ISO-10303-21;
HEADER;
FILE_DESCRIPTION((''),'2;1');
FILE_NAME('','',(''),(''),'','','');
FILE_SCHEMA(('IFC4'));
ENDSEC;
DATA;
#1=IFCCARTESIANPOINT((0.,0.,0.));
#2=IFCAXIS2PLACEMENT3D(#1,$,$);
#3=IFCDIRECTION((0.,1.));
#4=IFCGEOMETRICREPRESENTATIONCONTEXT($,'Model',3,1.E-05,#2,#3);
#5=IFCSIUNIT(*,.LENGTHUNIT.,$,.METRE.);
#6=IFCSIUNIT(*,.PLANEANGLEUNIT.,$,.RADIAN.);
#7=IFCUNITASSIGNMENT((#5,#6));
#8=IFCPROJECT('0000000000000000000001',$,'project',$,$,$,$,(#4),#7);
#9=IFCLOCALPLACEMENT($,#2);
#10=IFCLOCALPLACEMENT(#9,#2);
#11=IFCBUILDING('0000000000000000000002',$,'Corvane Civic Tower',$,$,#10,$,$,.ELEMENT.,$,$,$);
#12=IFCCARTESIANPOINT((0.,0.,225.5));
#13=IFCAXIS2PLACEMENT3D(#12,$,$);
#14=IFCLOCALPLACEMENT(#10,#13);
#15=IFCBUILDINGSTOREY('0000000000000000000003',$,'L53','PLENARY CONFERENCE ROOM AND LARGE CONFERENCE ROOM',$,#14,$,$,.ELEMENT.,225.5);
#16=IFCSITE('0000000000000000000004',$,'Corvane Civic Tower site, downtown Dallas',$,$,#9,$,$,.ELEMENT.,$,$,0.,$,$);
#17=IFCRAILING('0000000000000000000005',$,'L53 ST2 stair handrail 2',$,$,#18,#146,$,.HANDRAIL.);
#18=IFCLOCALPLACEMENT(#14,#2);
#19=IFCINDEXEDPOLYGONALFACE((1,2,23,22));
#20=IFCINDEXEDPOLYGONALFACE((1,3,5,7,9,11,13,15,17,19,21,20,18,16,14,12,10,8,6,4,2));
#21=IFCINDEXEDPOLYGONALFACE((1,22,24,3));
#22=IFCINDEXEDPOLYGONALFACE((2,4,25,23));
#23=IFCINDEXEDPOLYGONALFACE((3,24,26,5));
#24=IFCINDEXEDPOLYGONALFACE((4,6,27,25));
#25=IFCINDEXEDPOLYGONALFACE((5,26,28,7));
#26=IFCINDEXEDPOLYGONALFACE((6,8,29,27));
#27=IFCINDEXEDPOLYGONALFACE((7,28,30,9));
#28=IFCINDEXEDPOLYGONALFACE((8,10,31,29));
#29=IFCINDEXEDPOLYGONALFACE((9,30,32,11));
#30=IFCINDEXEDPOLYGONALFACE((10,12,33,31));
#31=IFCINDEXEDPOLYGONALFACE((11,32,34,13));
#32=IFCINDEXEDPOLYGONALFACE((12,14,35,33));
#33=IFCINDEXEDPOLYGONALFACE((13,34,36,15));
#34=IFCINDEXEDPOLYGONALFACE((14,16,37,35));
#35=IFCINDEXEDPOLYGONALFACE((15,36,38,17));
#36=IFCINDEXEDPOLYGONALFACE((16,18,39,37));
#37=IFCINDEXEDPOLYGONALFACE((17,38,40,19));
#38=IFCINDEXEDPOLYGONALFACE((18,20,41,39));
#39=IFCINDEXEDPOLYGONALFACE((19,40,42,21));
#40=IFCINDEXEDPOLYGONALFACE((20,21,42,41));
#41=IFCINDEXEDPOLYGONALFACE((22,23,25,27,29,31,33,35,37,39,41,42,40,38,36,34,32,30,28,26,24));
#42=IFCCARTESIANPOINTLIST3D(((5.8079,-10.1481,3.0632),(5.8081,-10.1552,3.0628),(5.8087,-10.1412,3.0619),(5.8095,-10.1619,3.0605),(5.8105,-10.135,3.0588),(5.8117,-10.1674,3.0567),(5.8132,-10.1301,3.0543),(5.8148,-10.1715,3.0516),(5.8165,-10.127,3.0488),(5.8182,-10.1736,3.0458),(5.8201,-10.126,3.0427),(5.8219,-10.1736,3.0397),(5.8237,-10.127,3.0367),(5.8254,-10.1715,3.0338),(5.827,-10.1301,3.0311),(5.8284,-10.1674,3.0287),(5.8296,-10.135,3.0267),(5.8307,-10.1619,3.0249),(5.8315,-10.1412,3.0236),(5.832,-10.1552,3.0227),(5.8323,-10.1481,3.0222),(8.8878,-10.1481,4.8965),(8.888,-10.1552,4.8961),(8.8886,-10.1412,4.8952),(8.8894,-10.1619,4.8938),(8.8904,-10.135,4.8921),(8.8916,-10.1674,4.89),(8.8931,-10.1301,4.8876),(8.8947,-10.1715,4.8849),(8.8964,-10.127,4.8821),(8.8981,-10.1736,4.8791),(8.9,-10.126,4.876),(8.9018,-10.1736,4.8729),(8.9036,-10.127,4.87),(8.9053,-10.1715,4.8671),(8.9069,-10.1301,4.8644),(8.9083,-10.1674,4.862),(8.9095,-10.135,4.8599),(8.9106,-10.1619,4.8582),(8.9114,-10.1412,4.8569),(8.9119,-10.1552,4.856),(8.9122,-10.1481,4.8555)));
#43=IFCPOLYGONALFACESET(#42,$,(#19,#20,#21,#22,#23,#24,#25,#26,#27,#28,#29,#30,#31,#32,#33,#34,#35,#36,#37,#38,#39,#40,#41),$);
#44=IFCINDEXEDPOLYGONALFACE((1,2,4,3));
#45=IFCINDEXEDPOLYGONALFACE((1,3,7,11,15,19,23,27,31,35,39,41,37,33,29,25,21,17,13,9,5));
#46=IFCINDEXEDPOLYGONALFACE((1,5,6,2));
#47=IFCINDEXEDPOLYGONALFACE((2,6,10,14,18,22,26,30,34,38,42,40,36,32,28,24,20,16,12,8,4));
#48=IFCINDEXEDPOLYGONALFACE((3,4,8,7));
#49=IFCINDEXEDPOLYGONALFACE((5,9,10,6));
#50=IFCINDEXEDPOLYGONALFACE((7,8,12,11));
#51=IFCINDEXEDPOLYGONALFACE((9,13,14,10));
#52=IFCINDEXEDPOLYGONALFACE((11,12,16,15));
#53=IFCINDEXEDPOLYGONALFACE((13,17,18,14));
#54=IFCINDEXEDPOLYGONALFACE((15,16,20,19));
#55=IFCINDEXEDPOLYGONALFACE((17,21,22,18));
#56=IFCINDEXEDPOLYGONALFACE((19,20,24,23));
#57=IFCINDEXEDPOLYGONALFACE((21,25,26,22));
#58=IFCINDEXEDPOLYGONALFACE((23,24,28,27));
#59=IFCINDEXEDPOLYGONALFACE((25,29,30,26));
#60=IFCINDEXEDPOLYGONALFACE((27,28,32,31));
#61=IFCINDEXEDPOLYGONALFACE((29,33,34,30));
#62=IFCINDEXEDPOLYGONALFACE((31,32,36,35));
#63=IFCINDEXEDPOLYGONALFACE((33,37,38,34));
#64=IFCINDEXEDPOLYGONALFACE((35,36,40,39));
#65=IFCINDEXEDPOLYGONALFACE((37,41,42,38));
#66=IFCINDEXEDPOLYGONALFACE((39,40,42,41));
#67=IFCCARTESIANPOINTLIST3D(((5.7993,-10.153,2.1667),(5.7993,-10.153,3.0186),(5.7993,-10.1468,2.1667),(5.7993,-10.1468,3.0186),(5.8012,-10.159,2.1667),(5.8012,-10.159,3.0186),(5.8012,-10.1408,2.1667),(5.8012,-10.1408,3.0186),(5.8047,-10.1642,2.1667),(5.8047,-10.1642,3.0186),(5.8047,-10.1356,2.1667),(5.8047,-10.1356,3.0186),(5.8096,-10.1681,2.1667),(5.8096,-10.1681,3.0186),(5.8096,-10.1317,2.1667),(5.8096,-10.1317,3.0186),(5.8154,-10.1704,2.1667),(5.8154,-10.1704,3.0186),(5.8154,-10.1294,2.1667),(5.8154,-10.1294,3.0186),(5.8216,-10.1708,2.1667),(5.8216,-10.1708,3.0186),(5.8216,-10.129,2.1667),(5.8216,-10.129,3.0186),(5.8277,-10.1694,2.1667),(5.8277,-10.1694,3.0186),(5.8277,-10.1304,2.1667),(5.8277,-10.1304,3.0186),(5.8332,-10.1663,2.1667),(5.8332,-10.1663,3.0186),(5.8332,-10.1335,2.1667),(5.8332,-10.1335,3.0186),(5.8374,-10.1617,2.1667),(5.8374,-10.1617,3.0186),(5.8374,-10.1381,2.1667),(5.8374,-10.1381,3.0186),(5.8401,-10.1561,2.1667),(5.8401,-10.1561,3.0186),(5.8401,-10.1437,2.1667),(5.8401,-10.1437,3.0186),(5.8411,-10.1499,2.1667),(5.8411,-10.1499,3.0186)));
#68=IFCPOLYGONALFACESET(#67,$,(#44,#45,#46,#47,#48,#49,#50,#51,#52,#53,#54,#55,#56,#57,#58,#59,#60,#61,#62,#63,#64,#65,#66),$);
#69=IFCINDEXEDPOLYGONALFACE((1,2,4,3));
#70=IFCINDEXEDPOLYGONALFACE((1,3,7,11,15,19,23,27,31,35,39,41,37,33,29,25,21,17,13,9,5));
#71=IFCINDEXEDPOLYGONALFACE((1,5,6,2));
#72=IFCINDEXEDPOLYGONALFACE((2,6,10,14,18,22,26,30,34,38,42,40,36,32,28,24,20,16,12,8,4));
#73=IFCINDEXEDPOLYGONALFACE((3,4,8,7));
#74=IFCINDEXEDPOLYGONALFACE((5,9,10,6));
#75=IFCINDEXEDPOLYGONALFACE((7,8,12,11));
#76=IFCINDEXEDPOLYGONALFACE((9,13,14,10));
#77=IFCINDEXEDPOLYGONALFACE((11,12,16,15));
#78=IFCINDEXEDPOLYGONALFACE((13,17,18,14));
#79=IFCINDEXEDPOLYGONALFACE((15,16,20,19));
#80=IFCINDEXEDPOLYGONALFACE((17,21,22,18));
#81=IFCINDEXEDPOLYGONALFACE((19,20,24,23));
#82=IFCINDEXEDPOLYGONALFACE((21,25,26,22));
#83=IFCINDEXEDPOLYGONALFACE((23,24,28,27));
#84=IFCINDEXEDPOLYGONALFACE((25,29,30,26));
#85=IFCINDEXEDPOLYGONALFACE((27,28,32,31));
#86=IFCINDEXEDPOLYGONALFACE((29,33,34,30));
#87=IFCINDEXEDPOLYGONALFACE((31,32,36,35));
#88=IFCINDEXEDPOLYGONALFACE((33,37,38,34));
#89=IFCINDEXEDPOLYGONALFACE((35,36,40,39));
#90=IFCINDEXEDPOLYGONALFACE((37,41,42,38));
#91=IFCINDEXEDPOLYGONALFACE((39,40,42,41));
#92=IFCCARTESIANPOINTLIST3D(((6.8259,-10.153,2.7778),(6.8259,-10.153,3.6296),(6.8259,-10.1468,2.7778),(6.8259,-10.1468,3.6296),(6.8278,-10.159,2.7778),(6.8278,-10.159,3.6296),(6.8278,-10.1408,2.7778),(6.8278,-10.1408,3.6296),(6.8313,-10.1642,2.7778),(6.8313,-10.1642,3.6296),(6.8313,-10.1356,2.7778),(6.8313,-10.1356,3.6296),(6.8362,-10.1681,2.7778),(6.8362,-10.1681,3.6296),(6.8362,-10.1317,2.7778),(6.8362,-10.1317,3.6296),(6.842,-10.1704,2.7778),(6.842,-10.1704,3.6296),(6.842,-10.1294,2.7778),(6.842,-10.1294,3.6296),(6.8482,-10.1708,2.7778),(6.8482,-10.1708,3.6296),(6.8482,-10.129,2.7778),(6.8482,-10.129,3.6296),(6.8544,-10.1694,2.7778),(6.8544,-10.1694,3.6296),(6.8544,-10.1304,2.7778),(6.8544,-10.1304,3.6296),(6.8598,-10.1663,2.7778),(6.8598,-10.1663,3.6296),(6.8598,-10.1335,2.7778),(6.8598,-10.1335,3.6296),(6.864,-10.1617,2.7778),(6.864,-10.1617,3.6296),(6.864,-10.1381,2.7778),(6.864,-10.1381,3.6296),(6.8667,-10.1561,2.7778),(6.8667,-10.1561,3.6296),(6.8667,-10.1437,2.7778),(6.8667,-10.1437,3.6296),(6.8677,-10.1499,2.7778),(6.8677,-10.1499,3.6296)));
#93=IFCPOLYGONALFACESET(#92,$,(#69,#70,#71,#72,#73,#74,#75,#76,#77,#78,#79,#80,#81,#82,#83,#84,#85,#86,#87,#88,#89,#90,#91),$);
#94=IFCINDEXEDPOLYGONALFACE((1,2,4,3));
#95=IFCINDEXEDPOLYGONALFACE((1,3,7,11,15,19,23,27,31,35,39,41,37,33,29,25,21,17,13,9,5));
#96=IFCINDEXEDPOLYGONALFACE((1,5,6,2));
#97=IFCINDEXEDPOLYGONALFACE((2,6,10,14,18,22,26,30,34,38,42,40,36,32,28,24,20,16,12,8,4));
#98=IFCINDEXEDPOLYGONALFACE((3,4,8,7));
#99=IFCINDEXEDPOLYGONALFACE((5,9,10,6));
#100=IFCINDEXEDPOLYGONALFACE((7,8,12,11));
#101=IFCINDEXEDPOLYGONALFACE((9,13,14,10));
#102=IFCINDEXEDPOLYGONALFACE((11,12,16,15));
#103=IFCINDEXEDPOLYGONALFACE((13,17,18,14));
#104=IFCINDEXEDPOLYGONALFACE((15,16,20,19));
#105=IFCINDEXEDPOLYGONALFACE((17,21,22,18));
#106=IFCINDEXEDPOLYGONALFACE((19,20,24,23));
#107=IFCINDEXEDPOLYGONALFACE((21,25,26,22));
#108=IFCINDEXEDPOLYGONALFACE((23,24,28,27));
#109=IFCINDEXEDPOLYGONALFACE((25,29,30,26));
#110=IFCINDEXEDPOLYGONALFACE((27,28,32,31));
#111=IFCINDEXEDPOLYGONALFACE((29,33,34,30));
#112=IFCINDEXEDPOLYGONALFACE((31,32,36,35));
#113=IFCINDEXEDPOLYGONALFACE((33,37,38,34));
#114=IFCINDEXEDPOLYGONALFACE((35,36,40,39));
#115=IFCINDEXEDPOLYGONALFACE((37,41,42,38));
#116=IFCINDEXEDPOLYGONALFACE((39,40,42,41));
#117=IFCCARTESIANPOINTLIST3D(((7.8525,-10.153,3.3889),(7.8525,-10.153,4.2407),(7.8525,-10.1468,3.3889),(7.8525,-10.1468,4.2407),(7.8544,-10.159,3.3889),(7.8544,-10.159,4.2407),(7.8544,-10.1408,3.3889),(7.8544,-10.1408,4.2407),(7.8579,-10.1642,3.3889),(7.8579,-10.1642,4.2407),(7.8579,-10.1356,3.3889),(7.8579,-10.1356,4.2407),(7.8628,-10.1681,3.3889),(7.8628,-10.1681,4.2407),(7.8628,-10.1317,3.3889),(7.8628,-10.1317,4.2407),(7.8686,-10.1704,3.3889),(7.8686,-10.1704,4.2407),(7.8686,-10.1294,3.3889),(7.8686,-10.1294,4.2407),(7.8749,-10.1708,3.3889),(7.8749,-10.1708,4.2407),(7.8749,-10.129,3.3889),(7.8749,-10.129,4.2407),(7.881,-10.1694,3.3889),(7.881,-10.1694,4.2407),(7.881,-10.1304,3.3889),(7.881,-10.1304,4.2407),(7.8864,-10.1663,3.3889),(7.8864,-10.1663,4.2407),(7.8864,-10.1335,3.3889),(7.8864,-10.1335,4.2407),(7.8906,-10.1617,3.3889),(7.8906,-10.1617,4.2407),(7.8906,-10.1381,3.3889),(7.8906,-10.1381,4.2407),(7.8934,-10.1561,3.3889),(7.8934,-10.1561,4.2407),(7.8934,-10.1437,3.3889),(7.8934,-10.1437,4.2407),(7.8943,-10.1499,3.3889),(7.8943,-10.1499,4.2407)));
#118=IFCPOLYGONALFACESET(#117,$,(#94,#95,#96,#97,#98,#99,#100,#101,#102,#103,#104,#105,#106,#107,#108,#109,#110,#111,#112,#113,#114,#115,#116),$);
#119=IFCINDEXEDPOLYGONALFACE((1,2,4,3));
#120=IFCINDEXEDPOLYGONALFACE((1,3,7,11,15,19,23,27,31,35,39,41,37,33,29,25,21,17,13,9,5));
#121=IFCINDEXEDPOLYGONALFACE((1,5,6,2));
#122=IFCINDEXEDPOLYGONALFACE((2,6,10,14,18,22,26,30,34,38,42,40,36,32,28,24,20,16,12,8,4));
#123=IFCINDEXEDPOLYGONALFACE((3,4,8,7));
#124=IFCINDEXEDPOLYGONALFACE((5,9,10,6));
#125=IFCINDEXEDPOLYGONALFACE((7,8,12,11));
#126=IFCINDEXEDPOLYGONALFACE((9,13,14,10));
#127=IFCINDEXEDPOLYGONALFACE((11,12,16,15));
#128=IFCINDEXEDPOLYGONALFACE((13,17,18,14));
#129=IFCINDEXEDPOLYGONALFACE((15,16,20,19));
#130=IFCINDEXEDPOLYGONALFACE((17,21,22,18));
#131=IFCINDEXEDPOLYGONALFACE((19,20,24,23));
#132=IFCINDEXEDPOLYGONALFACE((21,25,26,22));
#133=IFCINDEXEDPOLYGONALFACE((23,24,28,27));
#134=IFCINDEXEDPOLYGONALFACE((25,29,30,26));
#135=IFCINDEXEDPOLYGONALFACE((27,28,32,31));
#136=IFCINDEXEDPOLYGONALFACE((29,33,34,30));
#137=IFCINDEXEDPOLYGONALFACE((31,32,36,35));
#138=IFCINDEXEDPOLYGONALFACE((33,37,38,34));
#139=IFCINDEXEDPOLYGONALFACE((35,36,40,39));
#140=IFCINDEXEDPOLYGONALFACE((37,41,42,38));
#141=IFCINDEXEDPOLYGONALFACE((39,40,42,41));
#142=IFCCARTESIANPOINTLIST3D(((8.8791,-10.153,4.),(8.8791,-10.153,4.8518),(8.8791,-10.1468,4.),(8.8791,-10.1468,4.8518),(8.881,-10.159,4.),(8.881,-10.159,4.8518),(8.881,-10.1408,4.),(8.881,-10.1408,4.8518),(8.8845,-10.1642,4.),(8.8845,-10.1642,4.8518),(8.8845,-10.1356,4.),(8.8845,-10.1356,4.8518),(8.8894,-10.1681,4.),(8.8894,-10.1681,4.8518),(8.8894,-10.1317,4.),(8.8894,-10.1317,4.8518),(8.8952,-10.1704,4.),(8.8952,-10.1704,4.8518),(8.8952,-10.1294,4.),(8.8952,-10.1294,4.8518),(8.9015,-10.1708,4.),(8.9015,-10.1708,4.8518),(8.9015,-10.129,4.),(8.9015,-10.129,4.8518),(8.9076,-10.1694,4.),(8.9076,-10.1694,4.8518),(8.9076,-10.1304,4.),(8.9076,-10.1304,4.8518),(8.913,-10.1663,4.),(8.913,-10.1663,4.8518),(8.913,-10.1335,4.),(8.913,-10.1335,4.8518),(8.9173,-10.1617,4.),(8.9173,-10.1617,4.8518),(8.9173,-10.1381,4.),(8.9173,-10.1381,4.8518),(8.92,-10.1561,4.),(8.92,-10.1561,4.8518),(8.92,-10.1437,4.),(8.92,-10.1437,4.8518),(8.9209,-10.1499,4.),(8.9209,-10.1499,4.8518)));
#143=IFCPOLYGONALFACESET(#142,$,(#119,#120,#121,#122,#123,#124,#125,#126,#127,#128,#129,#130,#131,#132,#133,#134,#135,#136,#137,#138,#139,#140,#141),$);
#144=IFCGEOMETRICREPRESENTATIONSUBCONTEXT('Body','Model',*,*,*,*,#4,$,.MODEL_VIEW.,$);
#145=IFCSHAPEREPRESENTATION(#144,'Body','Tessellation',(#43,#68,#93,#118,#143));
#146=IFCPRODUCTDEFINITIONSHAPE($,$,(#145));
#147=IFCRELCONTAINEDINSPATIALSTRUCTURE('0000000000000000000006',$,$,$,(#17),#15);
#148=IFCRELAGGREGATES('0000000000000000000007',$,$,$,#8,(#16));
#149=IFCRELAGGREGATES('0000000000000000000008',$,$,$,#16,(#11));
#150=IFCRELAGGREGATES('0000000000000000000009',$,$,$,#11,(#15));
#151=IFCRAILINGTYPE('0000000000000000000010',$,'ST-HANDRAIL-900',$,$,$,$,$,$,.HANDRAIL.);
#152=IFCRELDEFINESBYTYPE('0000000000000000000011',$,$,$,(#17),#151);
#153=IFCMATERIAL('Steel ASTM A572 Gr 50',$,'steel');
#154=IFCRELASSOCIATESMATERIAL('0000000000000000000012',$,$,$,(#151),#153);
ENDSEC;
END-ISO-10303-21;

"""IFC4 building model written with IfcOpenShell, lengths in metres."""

from ifc_helpers import new_model, si_unit, direction, frame, origin, origin_2d, place, context, subcontext, project, spatial, circle, extrude, material, type_object, element, save


model = new_model("IFC4")

# Units and contexts
model_context = context("Model", 3, precision=1e-05, world=origin(), true_north=direction((0.0, 1.0)))
body_context = subcontext(model_context, "Body", "Model", "MODEL_VIEW")
ifc_project = project(units=[si_unit("LENGTHUNIT", "METRE"), si_unit("PLANEANGLEUNIT", "RADIAN")], contexts=[model_context])

# Site, building, storey
site_placement = place(None, origin())
site = spatial("IfcSite", under=ifc_project, at=site_placement, Name="Corvane Civic Tower site, downtown Dallas", CompositionType="ELEMENT", RefElevation=0.0)
building_placement = place(site_placement, origin())
building = spatial("IfcBuilding", under=site, at=building_placement, Name="Corvane Civic Tower", CompositionType="ELEMENT")
storey_placement = place(building_placement, frame((0.0, 0.0, 225.5)))
storey = spatial("IfcBuildingStorey", under=building, at=storey_placement, Name="L53", Description="PLENARY CONFERENCE ROOM AND LARGE CONFERENCE ROOM", CompositionType="ELEMENT", Elevation=225.5)

# Railing
ifc_material_1 = material(Name="Steel ASTM A572 Gr 50", Category="steel")
railing_type_1 = type_object("IfcRailingType", Name="ST-HANDRAIL-900", PredefinedType="HANDRAIL", material=ifc_material_1)
railing_1_placement = place(storey_placement, frame((5.8201, -10.1499, 2.1667)))
element("IfcRailing", 1, at=railing_1_placement, inside=storey, type_object=railing_type_1, Name="L53 ST2 stair handrail 2", PredefinedType="HANDRAIL", context=body_context, shape_type="SweptSolid", body=[
    extrude(circle(Radius=0.0239, at=origin_2d()), frame((0.0, 0.0, 0.876), z_axis=(0.859291, 0.0, 0.511487), x_axis=(0.0, 1.0, 0.0)), (0.0, 0.0, 1.0), 3.5842),
    extrude(circle(Radius=0.021, at=origin_2d()), origin(), (0.0, 0.0, 1.0), 0.8518),
    extrude(circle(Radius=0.021, at=origin_2d()), frame((1.0266, 0.0, 0.6111)), (0.0, 0.0, 1.0), 0.8518),
    extrude(circle(Radius=0.021, at=origin_2d()), frame((2.0532, 0.0, 1.2222)), (0.0, 0.0, 1.0), 0.8518),
    extrude(circle(Radius=0.021, at=origin_2d()), frame((3.0798, 0.0, 1.8333)), (0.0, 0.0, 1.0), 0.8518),
])

save(model, "model.ifc")
